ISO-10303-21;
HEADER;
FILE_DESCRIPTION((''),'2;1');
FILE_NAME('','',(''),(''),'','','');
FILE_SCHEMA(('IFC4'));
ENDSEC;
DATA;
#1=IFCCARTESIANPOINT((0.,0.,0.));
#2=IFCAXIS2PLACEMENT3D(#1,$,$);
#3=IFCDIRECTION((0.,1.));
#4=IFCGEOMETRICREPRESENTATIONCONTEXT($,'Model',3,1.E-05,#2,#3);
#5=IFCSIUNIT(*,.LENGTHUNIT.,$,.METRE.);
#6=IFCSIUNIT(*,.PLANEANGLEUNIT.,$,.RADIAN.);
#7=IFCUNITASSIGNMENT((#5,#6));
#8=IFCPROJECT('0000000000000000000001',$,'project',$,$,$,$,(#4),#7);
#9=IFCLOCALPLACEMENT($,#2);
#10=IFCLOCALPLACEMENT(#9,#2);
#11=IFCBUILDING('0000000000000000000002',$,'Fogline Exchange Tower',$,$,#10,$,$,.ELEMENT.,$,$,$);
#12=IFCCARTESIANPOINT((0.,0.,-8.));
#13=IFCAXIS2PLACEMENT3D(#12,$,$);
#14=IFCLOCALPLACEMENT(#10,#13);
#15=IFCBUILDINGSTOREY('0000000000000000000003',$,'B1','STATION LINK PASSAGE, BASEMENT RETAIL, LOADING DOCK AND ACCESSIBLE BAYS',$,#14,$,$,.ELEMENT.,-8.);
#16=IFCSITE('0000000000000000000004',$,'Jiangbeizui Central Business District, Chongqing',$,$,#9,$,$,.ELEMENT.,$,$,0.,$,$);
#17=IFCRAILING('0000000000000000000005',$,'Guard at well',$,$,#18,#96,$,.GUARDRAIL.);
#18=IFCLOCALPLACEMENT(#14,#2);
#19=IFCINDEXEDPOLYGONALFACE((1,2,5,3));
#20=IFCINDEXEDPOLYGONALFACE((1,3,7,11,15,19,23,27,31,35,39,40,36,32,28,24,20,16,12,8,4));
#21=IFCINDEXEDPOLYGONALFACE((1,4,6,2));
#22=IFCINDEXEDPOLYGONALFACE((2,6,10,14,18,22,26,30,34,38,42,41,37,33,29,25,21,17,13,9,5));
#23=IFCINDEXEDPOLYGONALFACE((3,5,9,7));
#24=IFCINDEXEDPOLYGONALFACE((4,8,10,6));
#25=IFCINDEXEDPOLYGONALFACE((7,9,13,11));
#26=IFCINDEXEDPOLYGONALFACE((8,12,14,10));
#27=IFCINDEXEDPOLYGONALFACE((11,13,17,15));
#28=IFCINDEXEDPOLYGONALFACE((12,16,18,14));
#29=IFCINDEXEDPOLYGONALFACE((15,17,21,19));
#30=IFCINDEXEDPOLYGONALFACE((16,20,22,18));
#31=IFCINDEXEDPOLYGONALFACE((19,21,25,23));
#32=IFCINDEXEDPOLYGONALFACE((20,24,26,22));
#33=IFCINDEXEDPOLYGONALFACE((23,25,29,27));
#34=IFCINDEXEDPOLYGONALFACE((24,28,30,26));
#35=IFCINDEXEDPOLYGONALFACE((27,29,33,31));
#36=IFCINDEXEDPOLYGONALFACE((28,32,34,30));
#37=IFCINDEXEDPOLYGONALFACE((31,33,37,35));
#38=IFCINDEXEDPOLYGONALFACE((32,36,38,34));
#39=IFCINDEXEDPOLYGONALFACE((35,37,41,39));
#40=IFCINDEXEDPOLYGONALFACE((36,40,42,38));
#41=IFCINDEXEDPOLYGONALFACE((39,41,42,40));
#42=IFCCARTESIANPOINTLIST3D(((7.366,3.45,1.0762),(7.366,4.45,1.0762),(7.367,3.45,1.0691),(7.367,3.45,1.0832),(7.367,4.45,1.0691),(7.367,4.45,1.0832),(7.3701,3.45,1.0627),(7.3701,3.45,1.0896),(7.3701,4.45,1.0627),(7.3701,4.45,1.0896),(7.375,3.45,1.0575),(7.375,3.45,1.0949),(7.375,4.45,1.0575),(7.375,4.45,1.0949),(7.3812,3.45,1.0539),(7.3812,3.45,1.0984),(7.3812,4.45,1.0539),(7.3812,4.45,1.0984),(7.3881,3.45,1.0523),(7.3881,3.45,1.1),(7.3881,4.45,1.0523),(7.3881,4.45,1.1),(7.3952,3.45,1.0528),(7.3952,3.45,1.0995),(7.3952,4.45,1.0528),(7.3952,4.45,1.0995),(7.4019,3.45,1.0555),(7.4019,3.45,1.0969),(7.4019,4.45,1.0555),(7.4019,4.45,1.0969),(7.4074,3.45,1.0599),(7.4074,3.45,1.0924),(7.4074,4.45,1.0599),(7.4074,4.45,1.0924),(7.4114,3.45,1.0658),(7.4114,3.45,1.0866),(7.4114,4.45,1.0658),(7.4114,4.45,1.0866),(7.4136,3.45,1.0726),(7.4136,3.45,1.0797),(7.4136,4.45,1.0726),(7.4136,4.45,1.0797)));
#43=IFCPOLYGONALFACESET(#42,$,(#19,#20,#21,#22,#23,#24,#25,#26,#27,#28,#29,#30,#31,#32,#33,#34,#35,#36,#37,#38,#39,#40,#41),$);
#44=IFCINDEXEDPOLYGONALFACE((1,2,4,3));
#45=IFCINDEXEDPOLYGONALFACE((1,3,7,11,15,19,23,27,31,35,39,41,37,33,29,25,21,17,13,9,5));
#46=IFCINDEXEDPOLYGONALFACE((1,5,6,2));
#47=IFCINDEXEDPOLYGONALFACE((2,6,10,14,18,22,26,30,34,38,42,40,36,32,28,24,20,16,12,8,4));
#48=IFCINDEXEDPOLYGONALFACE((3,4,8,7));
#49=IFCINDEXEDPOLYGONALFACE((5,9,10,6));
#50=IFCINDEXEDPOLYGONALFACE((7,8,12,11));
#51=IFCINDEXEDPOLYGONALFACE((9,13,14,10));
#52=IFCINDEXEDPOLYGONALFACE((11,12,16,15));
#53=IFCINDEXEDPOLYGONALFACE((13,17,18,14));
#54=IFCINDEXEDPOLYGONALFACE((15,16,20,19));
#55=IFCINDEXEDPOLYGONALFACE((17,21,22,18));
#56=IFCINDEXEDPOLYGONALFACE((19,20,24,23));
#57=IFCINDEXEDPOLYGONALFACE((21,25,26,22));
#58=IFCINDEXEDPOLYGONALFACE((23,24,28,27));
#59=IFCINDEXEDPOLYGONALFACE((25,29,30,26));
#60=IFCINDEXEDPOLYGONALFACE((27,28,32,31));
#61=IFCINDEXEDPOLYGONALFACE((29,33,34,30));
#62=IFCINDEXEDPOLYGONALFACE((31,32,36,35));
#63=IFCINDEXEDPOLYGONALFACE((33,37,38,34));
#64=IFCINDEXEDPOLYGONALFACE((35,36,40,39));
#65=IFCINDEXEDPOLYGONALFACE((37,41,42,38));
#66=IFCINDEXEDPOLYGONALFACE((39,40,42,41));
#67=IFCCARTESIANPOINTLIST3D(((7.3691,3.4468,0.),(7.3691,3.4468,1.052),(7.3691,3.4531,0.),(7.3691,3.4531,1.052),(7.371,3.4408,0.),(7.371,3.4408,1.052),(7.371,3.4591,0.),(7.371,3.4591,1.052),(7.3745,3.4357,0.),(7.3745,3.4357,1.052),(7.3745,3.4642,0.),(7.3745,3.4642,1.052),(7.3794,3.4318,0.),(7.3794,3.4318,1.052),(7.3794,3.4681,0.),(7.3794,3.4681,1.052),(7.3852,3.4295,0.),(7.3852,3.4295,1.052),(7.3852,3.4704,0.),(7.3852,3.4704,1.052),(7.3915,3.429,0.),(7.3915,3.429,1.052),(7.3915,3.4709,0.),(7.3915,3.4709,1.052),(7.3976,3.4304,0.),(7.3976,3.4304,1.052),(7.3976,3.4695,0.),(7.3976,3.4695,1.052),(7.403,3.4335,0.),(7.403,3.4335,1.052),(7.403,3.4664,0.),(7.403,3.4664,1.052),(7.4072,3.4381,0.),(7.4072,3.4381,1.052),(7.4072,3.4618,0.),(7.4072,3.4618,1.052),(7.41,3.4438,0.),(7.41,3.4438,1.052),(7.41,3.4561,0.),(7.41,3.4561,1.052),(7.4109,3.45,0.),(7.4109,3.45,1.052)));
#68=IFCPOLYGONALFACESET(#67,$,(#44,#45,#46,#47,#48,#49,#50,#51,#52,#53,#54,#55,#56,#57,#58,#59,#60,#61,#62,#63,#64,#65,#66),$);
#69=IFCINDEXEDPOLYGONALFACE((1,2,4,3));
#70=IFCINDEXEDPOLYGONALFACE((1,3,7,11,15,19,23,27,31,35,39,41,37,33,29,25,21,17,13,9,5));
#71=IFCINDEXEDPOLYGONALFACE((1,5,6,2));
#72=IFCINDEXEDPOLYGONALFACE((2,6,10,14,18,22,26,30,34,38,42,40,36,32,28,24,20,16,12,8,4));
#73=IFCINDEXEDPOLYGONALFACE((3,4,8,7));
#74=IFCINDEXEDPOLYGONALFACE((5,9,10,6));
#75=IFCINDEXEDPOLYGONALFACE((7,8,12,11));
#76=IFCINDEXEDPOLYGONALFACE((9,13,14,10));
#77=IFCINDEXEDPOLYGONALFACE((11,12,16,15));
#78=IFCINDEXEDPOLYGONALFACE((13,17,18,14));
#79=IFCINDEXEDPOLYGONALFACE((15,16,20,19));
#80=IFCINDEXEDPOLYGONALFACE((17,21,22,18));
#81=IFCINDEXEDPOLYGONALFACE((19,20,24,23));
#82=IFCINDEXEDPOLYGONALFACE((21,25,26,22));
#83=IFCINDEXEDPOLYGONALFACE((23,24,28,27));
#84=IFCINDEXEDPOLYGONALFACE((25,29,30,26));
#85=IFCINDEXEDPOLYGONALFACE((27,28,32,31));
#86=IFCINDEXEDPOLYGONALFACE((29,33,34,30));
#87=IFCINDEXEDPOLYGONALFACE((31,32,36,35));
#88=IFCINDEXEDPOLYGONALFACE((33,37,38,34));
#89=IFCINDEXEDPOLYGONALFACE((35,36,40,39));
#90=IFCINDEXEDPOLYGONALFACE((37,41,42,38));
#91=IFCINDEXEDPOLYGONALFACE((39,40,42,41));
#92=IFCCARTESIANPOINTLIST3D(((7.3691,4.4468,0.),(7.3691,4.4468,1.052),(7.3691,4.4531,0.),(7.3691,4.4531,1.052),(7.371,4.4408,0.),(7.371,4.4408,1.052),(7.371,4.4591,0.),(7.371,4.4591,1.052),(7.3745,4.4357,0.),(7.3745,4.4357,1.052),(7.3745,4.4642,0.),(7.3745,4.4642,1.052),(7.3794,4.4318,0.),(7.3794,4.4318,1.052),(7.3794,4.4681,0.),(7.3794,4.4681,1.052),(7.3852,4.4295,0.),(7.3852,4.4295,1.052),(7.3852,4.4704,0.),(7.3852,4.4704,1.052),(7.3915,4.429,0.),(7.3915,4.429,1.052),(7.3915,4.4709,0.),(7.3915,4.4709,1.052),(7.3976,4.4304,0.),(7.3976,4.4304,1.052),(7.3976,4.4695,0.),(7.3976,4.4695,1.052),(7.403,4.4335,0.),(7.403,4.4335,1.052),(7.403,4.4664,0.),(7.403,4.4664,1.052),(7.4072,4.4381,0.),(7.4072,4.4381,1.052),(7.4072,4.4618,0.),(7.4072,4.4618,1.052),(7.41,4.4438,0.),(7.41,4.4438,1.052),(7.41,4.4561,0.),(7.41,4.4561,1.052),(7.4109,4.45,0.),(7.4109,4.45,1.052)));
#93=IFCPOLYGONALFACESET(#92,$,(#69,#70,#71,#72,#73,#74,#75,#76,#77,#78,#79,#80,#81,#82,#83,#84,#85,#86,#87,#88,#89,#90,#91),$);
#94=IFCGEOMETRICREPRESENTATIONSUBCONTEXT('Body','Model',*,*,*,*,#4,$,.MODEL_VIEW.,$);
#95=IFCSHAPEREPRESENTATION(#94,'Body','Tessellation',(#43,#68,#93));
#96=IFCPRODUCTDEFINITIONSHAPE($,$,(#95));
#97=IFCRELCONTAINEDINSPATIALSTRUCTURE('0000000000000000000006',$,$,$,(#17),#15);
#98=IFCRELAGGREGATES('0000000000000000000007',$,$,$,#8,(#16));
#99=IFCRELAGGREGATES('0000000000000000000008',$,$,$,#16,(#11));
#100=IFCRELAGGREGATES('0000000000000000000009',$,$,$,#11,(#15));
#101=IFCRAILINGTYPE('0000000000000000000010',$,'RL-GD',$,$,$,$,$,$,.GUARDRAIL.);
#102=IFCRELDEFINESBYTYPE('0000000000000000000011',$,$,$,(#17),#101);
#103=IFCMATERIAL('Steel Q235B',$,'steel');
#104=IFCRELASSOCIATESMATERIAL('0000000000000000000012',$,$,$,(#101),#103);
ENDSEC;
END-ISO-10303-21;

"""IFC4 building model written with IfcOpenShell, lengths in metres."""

from ifc_helpers import new_model, si_unit, direction, frame, origin, origin_2d, place, context, subcontext, project, spatial, circle, extrude, material, type_object, element, save


model = new_model("IFC4")

# Units and contexts
model_context = context("Model", 3, precision=1e-05, world=origin(), true_north=direction((0.0, 1.0)))
body_context = subcontext(model_context, "Body", "Model", "MODEL_VIEW")
ifc_project = project(units=[si_unit("LENGTHUNIT", "METRE"), si_unit("PLANEANGLEUNIT", "RADIAN")], contexts=[model_context])

# Site, building, storey
site_placement = place(None, origin())
site = spatial("IfcSite", under=ifc_project, at=site_placement, Name="Jiangbeizui Central Business District, Chongqing", CompositionType="ELEMENT", RefElevation=0.0)
building_placement = place(site_placement, origin())
building = spatial("IfcBuilding", under=site, at=building_placement, Name="Fogline Exchange Tower", CompositionType="ELEMENT")
storey_placement = place(building_placement, frame((0.0, 0.0, -8.0)))
storey = spatial("IfcBuildingStorey", under=building, at=storey_placement, Name="B1", Description="STATION LINK PASSAGE, BASEMENT RETAIL, LOADING DOCK AND ACCESSIBLE BAYS", CompositionType="ELEMENT", Elevation=-8.0)

# Railing
ifc_material_1 = material(Name="Steel Q235B", Category="steel")
railing_type_1 = type_object("IfcRailingType", Name="RL-GD", PredefinedType="GUARDRAIL", material=ifc_material_1)
railing_1_placement = place(storey_placement, frame((7.3899, 3.45, 0.0)))
element("IfcRailing", 1, at=railing_1_placement, inside=storey, type_object=railing_type_1, Name="Guard at well", PredefinedType="GUARDRAIL", context=body_context, shape_type="SweptSolid", body=[
    extrude(circle(Radius=0.0239, at=origin_2d()), frame((0.0, 0.0, 1.0762), z_axis=(0.0, 1.0, 0.0), x_axis=(-1.0, 0.0, 0.0)), (0.0, 0.0, 1.0), 1.0),
    extrude(circle(Radius=0.021, at=origin_2d()), origin(), (0.0, 0.0, 1.0), 1.052),
    extrude(circle(Radius=0.021, at=origin_2d()), frame((0.0, 1.0, 0.0)), (0.0, 0.0, 1.0), 1.052),
])

save(model, "model.ifc")
